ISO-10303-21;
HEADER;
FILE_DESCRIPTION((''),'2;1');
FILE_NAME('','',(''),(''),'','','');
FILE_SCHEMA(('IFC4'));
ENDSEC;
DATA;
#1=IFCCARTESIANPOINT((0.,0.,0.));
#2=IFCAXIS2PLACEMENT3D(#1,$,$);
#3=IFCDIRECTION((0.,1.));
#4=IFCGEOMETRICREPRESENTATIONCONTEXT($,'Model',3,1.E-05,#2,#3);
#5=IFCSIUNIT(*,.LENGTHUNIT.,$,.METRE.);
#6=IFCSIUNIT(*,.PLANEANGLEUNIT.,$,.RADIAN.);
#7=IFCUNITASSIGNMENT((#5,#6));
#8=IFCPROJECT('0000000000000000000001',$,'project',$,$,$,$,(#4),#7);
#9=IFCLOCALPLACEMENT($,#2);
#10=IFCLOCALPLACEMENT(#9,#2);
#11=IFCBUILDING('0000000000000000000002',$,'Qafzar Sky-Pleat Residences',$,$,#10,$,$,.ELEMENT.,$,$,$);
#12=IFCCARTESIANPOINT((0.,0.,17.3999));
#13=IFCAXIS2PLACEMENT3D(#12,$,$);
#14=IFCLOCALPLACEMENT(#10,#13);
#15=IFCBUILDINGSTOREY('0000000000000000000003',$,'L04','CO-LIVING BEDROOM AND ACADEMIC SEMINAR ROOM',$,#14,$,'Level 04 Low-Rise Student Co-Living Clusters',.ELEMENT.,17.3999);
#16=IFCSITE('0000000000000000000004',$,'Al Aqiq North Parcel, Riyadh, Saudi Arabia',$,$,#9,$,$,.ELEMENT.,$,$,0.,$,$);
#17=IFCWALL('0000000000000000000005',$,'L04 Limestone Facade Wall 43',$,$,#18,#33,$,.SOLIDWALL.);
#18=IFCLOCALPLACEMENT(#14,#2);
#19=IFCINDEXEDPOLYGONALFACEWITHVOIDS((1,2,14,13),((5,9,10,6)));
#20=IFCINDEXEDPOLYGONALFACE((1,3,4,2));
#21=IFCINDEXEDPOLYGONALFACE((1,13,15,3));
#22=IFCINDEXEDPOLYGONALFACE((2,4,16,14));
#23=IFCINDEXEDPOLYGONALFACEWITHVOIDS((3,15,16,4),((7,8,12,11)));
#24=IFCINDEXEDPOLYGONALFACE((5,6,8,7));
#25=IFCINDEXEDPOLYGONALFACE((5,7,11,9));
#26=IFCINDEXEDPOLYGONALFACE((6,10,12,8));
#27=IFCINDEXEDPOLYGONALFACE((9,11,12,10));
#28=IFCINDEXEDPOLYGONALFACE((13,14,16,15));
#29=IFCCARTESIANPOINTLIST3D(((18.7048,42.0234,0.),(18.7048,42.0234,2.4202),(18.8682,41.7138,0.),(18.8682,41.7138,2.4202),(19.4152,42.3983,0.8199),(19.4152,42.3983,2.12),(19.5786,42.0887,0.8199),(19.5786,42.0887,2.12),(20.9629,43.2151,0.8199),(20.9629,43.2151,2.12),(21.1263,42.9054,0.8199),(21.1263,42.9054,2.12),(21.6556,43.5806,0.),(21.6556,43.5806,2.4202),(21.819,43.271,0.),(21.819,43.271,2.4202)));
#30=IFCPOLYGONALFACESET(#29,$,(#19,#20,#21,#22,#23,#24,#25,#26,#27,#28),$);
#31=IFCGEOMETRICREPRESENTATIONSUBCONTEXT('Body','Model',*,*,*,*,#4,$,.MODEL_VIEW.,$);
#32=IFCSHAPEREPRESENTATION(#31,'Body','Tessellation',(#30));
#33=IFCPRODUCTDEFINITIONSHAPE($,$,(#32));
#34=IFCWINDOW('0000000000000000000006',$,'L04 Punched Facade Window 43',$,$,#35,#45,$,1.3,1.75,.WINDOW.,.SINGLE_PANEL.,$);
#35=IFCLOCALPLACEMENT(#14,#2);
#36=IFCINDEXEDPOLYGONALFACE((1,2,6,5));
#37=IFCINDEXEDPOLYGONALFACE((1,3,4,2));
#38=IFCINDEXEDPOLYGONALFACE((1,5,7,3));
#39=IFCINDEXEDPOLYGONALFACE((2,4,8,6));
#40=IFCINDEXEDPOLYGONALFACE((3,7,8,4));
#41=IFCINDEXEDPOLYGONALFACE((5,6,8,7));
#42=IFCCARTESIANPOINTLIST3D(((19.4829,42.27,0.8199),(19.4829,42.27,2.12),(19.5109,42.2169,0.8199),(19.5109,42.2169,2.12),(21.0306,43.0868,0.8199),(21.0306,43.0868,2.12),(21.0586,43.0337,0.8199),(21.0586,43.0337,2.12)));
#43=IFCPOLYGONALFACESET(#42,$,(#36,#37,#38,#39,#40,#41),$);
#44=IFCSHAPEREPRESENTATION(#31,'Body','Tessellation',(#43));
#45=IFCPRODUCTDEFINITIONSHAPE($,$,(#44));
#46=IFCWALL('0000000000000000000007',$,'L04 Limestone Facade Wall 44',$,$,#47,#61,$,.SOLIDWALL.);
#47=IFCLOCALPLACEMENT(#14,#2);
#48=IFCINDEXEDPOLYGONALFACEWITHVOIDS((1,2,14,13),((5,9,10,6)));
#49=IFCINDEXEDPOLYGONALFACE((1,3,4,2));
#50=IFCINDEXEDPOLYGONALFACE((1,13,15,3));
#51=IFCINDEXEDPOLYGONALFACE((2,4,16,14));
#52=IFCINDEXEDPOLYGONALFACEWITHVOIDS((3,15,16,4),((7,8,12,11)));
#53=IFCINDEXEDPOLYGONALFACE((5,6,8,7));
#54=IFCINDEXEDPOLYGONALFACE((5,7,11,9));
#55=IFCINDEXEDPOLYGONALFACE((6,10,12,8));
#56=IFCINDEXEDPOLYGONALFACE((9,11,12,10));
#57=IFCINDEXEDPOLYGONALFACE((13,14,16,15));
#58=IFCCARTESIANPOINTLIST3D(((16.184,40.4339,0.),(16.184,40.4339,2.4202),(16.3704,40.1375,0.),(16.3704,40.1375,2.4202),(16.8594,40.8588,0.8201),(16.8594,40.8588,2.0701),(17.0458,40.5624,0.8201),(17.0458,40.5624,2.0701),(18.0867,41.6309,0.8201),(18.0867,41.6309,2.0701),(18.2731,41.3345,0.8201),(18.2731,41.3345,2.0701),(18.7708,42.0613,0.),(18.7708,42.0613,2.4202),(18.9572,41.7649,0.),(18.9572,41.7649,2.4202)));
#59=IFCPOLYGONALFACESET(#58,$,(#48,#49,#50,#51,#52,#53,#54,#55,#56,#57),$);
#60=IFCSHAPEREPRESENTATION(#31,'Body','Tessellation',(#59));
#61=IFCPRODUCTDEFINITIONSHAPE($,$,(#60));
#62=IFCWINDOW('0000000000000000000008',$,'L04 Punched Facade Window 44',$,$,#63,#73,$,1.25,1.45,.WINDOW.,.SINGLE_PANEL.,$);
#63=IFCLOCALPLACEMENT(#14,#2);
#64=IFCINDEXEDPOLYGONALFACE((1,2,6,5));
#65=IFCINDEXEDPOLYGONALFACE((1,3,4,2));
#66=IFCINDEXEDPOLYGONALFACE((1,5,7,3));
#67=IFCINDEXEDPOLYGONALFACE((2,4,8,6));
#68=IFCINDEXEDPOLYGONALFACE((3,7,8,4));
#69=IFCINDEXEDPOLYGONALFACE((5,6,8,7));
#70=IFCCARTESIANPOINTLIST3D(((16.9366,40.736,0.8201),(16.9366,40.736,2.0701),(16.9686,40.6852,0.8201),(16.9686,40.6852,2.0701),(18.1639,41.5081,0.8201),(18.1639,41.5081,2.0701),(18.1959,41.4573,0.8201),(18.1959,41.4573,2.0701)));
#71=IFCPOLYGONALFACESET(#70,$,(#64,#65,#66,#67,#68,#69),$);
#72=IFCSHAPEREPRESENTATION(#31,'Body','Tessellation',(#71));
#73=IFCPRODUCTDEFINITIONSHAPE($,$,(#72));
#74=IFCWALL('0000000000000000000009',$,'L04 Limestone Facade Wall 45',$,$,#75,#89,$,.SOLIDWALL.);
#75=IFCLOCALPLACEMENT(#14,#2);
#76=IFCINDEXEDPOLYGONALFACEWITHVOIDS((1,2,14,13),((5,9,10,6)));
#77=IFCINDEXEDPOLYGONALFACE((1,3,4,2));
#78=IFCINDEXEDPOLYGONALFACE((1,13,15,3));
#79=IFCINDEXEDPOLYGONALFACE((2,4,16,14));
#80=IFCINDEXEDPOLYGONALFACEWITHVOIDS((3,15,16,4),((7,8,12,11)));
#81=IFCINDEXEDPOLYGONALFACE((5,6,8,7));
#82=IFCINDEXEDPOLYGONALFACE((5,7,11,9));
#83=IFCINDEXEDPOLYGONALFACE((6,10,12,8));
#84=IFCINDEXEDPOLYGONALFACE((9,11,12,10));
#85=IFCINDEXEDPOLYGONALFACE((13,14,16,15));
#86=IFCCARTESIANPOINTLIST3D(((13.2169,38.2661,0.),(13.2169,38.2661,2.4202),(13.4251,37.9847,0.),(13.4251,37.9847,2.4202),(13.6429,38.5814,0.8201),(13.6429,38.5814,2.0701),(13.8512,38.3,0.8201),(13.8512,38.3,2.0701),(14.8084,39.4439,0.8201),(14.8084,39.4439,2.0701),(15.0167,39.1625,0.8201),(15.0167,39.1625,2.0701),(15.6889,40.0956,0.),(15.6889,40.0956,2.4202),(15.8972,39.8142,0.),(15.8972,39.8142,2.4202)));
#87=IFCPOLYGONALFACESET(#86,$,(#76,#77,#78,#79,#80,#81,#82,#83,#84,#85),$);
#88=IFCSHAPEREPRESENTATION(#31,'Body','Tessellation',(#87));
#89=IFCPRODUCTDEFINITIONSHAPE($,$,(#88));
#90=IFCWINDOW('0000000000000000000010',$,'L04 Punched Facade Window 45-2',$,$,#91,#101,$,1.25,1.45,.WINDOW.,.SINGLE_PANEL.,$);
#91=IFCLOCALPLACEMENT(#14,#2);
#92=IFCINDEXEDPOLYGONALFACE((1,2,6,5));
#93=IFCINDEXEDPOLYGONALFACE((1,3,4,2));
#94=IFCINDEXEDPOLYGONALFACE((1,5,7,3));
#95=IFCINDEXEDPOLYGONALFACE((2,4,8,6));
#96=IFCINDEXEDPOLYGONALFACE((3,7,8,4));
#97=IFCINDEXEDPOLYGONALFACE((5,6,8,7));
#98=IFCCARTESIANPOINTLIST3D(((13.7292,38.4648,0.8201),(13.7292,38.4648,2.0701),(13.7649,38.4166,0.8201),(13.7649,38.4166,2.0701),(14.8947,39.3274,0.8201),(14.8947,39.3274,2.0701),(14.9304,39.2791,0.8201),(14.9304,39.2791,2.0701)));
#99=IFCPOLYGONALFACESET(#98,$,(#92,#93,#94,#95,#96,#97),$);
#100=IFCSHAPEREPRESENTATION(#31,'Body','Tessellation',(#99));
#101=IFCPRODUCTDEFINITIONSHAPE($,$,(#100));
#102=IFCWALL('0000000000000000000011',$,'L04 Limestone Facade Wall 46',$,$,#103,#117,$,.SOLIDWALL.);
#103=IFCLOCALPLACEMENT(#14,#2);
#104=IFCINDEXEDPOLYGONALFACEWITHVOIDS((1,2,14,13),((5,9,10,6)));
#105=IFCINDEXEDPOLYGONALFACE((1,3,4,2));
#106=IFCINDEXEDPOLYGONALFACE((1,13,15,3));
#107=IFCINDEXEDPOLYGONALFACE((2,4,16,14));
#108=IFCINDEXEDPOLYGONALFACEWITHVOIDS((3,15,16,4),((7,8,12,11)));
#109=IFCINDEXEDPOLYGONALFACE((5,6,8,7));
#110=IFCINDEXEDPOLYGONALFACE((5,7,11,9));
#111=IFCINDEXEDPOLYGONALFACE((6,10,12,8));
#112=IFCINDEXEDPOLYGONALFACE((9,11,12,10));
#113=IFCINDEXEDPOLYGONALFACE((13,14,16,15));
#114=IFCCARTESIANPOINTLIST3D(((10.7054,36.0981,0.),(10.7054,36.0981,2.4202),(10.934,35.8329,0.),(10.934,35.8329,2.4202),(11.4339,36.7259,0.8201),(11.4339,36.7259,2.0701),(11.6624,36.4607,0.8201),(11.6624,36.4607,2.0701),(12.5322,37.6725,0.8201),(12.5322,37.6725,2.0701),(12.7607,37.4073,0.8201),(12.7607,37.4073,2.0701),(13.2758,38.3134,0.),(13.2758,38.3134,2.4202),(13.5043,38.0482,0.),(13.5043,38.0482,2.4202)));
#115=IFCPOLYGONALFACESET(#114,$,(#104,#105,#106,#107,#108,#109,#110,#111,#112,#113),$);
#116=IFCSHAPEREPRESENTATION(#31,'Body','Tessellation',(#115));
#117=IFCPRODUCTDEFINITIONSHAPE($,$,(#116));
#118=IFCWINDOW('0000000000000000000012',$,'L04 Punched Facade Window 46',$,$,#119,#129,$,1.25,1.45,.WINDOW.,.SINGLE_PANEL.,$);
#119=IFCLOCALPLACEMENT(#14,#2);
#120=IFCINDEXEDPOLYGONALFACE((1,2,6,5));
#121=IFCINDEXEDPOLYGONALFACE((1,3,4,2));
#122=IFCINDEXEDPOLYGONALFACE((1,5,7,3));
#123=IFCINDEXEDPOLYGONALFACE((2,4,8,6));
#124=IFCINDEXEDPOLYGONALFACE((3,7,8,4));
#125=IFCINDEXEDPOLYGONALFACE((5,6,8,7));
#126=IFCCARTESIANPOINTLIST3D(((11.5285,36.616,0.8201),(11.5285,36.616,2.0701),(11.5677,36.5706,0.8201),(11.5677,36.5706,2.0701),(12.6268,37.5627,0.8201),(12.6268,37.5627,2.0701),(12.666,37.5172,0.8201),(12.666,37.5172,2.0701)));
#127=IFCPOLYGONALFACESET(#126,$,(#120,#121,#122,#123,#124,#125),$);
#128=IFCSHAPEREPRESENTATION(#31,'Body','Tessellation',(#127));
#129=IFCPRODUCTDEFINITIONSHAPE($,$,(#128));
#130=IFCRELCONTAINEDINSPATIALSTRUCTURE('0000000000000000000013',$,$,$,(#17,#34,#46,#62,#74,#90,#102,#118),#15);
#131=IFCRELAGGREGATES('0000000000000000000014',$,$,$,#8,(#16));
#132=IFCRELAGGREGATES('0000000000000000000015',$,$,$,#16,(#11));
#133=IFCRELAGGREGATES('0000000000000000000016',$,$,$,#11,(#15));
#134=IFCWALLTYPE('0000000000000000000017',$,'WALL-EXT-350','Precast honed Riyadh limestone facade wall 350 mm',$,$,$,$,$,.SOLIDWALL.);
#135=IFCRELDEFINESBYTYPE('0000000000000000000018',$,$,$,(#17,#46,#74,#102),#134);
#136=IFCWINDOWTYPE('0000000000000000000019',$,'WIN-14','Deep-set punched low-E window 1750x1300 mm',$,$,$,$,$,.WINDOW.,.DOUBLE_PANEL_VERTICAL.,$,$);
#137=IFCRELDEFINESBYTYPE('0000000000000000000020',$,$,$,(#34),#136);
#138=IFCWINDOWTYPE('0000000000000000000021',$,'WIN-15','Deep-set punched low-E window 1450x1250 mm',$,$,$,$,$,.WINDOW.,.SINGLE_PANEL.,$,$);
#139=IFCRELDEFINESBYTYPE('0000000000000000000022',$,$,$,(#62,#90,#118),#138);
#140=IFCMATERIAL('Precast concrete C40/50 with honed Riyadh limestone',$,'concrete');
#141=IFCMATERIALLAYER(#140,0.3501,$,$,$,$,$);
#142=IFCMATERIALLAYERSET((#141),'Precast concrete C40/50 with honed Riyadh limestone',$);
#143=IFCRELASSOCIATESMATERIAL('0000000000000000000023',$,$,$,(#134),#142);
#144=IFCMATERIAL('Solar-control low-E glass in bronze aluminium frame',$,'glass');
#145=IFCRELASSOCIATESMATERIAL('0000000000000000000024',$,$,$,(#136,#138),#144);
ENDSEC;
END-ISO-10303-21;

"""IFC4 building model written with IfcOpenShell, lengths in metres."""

from ifc_helpers import new_model, si_unit, direction, frame, frame_2d, origin, place, context, subcontext, project, spatial, rectangle, extrude, source, transform, mapped, material, layer, layer_set, type_object, element, fill, save


model = new_model("IFC4")

# Units and contexts
model_context = context("Model", 3, precision=1e-05, world=origin(), true_north=direction((0.0, 1.0)))
body_context = subcontext(model_context, "Body", "Model", "MODEL_VIEW")
ifc_project = project(units=[si_unit("LENGTHUNIT", "METRE"), si_unit("PLANEANGLEUNIT", "RADIAN")], contexts=[model_context])

# Site, building, storey
site_placement = place(None, origin())
site = spatial("IfcSite", under=ifc_project, at=site_placement, Name="Al Aqiq North Parcel, Riyadh, Saudi Arabia", CompositionType="ELEMENT", RefElevation=0.0)
building_placement = place(site_placement, origin())
building = spatial("IfcBuilding", under=site, at=building_placement, Name="Qafzar Sky-Pleat Residences", CompositionType="ELEMENT")
storey_placement = place(building_placement, frame((0.0, 0.0, 17.3999)))
storey = spatial("IfcBuildingStorey", under=building, at=storey_placement, Name="L04", Description="CO-LIVING BEDROOM AND ACADEMIC SEMINAR ROOM", LongName="Level 04 Low-Rise Student Co-Living Clusters", CompositionType="ELEMENT", Elevation=17.3999)

# Walls, openings, windows
ifc_material_1 = material(Name="Precast concrete C40/50 with honed Riyadh limestone", Category="concrete")
ifc_layer_1 = layer(ifc_material_1, 0.3501)
ifc_layer_set_1 = layer_set([ifc_layer_1], Name="Precast concrete C40/50 with honed Riyadh limestone")
wall_type_1 = type_object("IfcWallType", Name="WALL-EXT-350", Description="Precast honed Riyadh limestone facade wall 350 mm", PredefinedType="SOLIDWALL", material=ifc_layer_set_1)
wall_1_placement = place(storey_placement, frame((21.7373, 43.4258, 0.0), z_axis=(0.0, 0.0, 1.0), x_axis=(-0.884407, -0.466717, 0.0)))
wall_1 = element("IfcWall", 1, at=wall_1_placement, inside=storey, type_object=wall_type_1, Name="L04 Limestone Facade Wall 43", PredefinedType="SOLIDWALL", context=body_context, shape_type="SweptSolid", body=[
    extrude(rectangle(XDim=3.3364, YDim=0.3501, at=frame_2d((1.6682, 0.0))), origin(), (0.0, 0.0, 1.0), 2.4202),
])
opening_1_placement = place(wall_1_placement, frame((0.7832, 0.0, 0.8201)))
opening_1 = element("IfcOpeningElement", 2, at=opening_1_placement, cuts=wall_1, PredefinedType="OPENING", context=body_context, shape_type="SweptSolid", body=[
    extrude(rectangle(XDim=1.75, YDim=1.3, at=frame_2d((0.875, 0.6499))), frame((0.0, 0.1851, 0.0), z_axis=(0.0, -1.0, 0.0), x_axis=(1.0, 0.0, 0.0)), (0.0, 0.0, 1.0), 0.3701),
])
ifc_material_2 = material(Name="Solar-control low-E glass in bronze aluminium frame", Category="glass")
window_type_1 = type_object("IfcWindowType", Name="WIN-14", Description="Deep-set punched low-E window 1750x1300 mm", PartitioningType="DOUBLE_PANEL_VERTICAL", PredefinedType="WINDOW", material=ifc_material_2)
shared_shape_1 = source(origin(), body_context, "Body", "SweptSolid", [
    extrude(rectangle(XDim=1.75, YDim=1.3, at=frame_2d((0.875, 0.6499))), frame((0.0, 0.03, 0.0), z_axis=(0.0, -1.0, 0.0), x_axis=(1.0, 0.0, 0.0)), (0.0, 0.0, 1.0), 0.0601),
])
window_1_placement = place(opening_1_placement, origin())
window_1 = element("IfcWindow", 3, at=window_1_placement, inside=storey, type_object=window_type_1, Name="L04 Punched Facade Window 43", OverallHeight=1.3, OverallWidth=1.75, PartitioningType="SINGLE_PANEL", PredefinedType="WINDOW", context=body_context, shape_type="MappedRepresentation", body=[
    mapped(shared_shape_1, transform((0.0, 0.0, 0.0), x_axis=(1.0, 0.0, 0.0), y_axis=(0.0, 1.0, 0.0), z_axis=(0.0, 0.0, 1.0), scale=1.0)),
])
fill(opening_1, window_1)
wall_2_placement = place(storey_placement, frame((18.864, 41.9131, 0.0), z_axis=(0.0, 0.0, 1.0), x_axis=(-0.846433, -0.532495, 0.0)))
wall_2 = element("IfcWall", 4, at=wall_2_placement, inside=storey, type_object=wall_type_1, Name="L04 Limestone Facade Wall 44", PredefinedType="SOLIDWALL", context=body_context, shape_type="SweptSolid", body=[
    extrude(rectangle(XDim=3.0562, YDim=0.3501, at=frame_2d((1.5281, 0.0))), origin(), (0.0, 0.0, 1.0), 2.4202),
])
opening_2_placement = place(wall_2_placement, frame((0.8081, 0.0, 0.8201)))
opening_2 = element("IfcOpeningElement", 5, at=opening_2_placement, cuts=wall_2, PredefinedType="OPENING", context=body_context, shape_type="SweptSolid", body=[
    extrude(rectangle(XDim=1.45, YDim=1.25, at=frame_2d((0.7251, 0.625))), frame((0.0, 0.1851, 0.0), z_axis=(0.0, -1.0, 0.0), x_axis=(1.0, 0.0, 0.0)), (0.0, 0.0, 1.0), 0.3701),
])
window_type_2 = type_object("IfcWindowType", Name="WIN-15", Description="Deep-set punched low-E window 1450x1250 mm", PartitioningType="SINGLE_PANEL", PredefinedType="WINDOW", material=ifc_material_2)
shared_shape_2 = source(origin(), body_context, "Body", "SweptSolid", [
    extrude(rectangle(XDim=1.45, YDim=1.25, at=frame_2d((0.7251, 0.625))), frame((0.0, 0.03, 0.0), z_axis=(0.0, -1.0, 0.0), x_axis=(1.0, 0.0, 0.0)), (0.0, 0.0, 1.0), 0.0601),
])
window_2_placement = place(opening_2_placement, origin())
window_2 = element("IfcWindow", 6, at=window_2_placement, inside=storey, type_object=window_type_2, Name="L04 Punched Facade Window 44", OverallHeight=1.25, OverallWidth=1.45, PartitioningType="SINGLE_PANEL", PredefinedType="WINDOW", context=body_context, shape_type="MappedRepresentation", body=[
    mapped(shared_shape_2, transform((0.0, 0.0, 0.0), x_axis=(1.0, 0.0, 0.0), y_axis=(0.0, 1.0, 0.0), z_axis=(0.0, 0.0, 1.0), scale=1.0)),
])
fill(opening_2, window_2)
wall_3_placement = place(storey_placement, frame((15.793, 39.9548, 0.0), z_axis=(0.0, 0.0, 1.0), x_axis=(-0.803813, -0.594882, 0.0)))
wall_3 = element("IfcWall", 7, at=wall_3_placement, inside=storey, type_object=wall_type_1, Name="L04 Limestone Facade Wall 45", PredefinedType="SOLIDWALL", context=body_context, shape_type="SweptSolid", body=[
    extrude(rectangle(XDim=3.0754, YDim=0.3501, at=frame_2d((1.5376, 0.0))), origin(), (0.0, 0.0, 1.0), 2.4202),
])
opening_3_placement = place(wall_3_placement, frame((1.0952, 0.0, 0.8201)))
opening_3 = element("IfcOpeningElement", 8, at=opening_3_placement, cuts=wall_3, PredefinedType="OPENING", context=body_context, shape_type="SweptSolid", body=[
    extrude(rectangle(XDim=1.45, YDim=1.25, at=frame_2d((0.7251, 0.625))), frame((0.0, 0.1851, 0.0), z_axis=(0.0, -1.0, 0.0), x_axis=(1.0, 0.0, 0.0)), (0.0, 0.0, 1.0), 0.3701),
])
window_3_placement = place(opening_3_placement, origin())
window_3 = element("IfcWindow", 9, at=window_3_placement, inside=storey, type_object=window_type_2, Name="L04 Punched Facade Window 45-2", OverallHeight=1.25, OverallWidth=1.45, PartitioningType="SINGLE_PANEL", PredefinedType="WINDOW", context=body_context, shape_type="MappedRepresentation", body=[
    mapped(shared_shape_2, transform((0.0, 0.0, 0.0), x_axis=(1.0, 0.0, 0.0), y_axis=(0.0, 1.0, 0.0), z_axis=(0.0, 0.0, 1.0), scale=1.0)),
])
fill(opening_3, window_3)
wall_4_placement = place(storey_placement, frame((13.3901, 38.1809, 0.0), z_axis=(0.0, 0.0, 1.0), x_axis=(-0.757476, -0.652863, 0.0)))
wall_4 = element("IfcWall", 10, at=wall_4_placement, inside=storey, type_object=wall_type_1, Name="L04 Limestone Facade Wall 46", PredefinedType="SOLIDWALL", context=body_context, shape_type="SweptSolid", body=[
    extrude(rectangle(XDim=3.3933, YDim=0.3501, at=frame_2d((1.6968, 0.0))), origin(), (0.0, 0.0, 1.0), 2.4202),
])
opening_4_placement = place(wall_4_placement, frame((0.9817, 0.0, 0.8201)))
opening_4 = element("IfcOpeningElement", 11, at=opening_4_placement, cuts=wall_4, PredefinedType="OPENING", context=body_context, shape_type="SweptSolid", body=[
    extrude(rectangle(XDim=1.45, YDim=1.25, at=frame_2d((0.7251, 0.625))), frame((0.0, 0.1851, 0.0), z_axis=(0.0, -1.0, 0.0), x_axis=(1.0, 0.0, 0.0)), (0.0, 0.0, 1.0), 0.3701),
])
window_4_placement = place(opening_4_placement, origin())
window_4 = element("IfcWindow", 12, at=window_4_placement, inside=storey, type_object=window_type_2, Name="L04 Punched Facade Window 46", OverallHeight=1.25, OverallWidth=1.45, PartitioningType="SINGLE_PANEL", PredefinedType="WINDOW", context=body_context, shape_type="MappedRepresentation", body=[
    mapped(shared_shape_2, transform((0.0, 0.0, 0.0), x_axis=(1.0, 0.0, 0.0), y_axis=(0.0, 1.0, 0.0), z_axis=(0.0, 0.0, 1.0), scale=1.0)),
])
fill(opening_4, window_4)

save(model, "model.ifc")
